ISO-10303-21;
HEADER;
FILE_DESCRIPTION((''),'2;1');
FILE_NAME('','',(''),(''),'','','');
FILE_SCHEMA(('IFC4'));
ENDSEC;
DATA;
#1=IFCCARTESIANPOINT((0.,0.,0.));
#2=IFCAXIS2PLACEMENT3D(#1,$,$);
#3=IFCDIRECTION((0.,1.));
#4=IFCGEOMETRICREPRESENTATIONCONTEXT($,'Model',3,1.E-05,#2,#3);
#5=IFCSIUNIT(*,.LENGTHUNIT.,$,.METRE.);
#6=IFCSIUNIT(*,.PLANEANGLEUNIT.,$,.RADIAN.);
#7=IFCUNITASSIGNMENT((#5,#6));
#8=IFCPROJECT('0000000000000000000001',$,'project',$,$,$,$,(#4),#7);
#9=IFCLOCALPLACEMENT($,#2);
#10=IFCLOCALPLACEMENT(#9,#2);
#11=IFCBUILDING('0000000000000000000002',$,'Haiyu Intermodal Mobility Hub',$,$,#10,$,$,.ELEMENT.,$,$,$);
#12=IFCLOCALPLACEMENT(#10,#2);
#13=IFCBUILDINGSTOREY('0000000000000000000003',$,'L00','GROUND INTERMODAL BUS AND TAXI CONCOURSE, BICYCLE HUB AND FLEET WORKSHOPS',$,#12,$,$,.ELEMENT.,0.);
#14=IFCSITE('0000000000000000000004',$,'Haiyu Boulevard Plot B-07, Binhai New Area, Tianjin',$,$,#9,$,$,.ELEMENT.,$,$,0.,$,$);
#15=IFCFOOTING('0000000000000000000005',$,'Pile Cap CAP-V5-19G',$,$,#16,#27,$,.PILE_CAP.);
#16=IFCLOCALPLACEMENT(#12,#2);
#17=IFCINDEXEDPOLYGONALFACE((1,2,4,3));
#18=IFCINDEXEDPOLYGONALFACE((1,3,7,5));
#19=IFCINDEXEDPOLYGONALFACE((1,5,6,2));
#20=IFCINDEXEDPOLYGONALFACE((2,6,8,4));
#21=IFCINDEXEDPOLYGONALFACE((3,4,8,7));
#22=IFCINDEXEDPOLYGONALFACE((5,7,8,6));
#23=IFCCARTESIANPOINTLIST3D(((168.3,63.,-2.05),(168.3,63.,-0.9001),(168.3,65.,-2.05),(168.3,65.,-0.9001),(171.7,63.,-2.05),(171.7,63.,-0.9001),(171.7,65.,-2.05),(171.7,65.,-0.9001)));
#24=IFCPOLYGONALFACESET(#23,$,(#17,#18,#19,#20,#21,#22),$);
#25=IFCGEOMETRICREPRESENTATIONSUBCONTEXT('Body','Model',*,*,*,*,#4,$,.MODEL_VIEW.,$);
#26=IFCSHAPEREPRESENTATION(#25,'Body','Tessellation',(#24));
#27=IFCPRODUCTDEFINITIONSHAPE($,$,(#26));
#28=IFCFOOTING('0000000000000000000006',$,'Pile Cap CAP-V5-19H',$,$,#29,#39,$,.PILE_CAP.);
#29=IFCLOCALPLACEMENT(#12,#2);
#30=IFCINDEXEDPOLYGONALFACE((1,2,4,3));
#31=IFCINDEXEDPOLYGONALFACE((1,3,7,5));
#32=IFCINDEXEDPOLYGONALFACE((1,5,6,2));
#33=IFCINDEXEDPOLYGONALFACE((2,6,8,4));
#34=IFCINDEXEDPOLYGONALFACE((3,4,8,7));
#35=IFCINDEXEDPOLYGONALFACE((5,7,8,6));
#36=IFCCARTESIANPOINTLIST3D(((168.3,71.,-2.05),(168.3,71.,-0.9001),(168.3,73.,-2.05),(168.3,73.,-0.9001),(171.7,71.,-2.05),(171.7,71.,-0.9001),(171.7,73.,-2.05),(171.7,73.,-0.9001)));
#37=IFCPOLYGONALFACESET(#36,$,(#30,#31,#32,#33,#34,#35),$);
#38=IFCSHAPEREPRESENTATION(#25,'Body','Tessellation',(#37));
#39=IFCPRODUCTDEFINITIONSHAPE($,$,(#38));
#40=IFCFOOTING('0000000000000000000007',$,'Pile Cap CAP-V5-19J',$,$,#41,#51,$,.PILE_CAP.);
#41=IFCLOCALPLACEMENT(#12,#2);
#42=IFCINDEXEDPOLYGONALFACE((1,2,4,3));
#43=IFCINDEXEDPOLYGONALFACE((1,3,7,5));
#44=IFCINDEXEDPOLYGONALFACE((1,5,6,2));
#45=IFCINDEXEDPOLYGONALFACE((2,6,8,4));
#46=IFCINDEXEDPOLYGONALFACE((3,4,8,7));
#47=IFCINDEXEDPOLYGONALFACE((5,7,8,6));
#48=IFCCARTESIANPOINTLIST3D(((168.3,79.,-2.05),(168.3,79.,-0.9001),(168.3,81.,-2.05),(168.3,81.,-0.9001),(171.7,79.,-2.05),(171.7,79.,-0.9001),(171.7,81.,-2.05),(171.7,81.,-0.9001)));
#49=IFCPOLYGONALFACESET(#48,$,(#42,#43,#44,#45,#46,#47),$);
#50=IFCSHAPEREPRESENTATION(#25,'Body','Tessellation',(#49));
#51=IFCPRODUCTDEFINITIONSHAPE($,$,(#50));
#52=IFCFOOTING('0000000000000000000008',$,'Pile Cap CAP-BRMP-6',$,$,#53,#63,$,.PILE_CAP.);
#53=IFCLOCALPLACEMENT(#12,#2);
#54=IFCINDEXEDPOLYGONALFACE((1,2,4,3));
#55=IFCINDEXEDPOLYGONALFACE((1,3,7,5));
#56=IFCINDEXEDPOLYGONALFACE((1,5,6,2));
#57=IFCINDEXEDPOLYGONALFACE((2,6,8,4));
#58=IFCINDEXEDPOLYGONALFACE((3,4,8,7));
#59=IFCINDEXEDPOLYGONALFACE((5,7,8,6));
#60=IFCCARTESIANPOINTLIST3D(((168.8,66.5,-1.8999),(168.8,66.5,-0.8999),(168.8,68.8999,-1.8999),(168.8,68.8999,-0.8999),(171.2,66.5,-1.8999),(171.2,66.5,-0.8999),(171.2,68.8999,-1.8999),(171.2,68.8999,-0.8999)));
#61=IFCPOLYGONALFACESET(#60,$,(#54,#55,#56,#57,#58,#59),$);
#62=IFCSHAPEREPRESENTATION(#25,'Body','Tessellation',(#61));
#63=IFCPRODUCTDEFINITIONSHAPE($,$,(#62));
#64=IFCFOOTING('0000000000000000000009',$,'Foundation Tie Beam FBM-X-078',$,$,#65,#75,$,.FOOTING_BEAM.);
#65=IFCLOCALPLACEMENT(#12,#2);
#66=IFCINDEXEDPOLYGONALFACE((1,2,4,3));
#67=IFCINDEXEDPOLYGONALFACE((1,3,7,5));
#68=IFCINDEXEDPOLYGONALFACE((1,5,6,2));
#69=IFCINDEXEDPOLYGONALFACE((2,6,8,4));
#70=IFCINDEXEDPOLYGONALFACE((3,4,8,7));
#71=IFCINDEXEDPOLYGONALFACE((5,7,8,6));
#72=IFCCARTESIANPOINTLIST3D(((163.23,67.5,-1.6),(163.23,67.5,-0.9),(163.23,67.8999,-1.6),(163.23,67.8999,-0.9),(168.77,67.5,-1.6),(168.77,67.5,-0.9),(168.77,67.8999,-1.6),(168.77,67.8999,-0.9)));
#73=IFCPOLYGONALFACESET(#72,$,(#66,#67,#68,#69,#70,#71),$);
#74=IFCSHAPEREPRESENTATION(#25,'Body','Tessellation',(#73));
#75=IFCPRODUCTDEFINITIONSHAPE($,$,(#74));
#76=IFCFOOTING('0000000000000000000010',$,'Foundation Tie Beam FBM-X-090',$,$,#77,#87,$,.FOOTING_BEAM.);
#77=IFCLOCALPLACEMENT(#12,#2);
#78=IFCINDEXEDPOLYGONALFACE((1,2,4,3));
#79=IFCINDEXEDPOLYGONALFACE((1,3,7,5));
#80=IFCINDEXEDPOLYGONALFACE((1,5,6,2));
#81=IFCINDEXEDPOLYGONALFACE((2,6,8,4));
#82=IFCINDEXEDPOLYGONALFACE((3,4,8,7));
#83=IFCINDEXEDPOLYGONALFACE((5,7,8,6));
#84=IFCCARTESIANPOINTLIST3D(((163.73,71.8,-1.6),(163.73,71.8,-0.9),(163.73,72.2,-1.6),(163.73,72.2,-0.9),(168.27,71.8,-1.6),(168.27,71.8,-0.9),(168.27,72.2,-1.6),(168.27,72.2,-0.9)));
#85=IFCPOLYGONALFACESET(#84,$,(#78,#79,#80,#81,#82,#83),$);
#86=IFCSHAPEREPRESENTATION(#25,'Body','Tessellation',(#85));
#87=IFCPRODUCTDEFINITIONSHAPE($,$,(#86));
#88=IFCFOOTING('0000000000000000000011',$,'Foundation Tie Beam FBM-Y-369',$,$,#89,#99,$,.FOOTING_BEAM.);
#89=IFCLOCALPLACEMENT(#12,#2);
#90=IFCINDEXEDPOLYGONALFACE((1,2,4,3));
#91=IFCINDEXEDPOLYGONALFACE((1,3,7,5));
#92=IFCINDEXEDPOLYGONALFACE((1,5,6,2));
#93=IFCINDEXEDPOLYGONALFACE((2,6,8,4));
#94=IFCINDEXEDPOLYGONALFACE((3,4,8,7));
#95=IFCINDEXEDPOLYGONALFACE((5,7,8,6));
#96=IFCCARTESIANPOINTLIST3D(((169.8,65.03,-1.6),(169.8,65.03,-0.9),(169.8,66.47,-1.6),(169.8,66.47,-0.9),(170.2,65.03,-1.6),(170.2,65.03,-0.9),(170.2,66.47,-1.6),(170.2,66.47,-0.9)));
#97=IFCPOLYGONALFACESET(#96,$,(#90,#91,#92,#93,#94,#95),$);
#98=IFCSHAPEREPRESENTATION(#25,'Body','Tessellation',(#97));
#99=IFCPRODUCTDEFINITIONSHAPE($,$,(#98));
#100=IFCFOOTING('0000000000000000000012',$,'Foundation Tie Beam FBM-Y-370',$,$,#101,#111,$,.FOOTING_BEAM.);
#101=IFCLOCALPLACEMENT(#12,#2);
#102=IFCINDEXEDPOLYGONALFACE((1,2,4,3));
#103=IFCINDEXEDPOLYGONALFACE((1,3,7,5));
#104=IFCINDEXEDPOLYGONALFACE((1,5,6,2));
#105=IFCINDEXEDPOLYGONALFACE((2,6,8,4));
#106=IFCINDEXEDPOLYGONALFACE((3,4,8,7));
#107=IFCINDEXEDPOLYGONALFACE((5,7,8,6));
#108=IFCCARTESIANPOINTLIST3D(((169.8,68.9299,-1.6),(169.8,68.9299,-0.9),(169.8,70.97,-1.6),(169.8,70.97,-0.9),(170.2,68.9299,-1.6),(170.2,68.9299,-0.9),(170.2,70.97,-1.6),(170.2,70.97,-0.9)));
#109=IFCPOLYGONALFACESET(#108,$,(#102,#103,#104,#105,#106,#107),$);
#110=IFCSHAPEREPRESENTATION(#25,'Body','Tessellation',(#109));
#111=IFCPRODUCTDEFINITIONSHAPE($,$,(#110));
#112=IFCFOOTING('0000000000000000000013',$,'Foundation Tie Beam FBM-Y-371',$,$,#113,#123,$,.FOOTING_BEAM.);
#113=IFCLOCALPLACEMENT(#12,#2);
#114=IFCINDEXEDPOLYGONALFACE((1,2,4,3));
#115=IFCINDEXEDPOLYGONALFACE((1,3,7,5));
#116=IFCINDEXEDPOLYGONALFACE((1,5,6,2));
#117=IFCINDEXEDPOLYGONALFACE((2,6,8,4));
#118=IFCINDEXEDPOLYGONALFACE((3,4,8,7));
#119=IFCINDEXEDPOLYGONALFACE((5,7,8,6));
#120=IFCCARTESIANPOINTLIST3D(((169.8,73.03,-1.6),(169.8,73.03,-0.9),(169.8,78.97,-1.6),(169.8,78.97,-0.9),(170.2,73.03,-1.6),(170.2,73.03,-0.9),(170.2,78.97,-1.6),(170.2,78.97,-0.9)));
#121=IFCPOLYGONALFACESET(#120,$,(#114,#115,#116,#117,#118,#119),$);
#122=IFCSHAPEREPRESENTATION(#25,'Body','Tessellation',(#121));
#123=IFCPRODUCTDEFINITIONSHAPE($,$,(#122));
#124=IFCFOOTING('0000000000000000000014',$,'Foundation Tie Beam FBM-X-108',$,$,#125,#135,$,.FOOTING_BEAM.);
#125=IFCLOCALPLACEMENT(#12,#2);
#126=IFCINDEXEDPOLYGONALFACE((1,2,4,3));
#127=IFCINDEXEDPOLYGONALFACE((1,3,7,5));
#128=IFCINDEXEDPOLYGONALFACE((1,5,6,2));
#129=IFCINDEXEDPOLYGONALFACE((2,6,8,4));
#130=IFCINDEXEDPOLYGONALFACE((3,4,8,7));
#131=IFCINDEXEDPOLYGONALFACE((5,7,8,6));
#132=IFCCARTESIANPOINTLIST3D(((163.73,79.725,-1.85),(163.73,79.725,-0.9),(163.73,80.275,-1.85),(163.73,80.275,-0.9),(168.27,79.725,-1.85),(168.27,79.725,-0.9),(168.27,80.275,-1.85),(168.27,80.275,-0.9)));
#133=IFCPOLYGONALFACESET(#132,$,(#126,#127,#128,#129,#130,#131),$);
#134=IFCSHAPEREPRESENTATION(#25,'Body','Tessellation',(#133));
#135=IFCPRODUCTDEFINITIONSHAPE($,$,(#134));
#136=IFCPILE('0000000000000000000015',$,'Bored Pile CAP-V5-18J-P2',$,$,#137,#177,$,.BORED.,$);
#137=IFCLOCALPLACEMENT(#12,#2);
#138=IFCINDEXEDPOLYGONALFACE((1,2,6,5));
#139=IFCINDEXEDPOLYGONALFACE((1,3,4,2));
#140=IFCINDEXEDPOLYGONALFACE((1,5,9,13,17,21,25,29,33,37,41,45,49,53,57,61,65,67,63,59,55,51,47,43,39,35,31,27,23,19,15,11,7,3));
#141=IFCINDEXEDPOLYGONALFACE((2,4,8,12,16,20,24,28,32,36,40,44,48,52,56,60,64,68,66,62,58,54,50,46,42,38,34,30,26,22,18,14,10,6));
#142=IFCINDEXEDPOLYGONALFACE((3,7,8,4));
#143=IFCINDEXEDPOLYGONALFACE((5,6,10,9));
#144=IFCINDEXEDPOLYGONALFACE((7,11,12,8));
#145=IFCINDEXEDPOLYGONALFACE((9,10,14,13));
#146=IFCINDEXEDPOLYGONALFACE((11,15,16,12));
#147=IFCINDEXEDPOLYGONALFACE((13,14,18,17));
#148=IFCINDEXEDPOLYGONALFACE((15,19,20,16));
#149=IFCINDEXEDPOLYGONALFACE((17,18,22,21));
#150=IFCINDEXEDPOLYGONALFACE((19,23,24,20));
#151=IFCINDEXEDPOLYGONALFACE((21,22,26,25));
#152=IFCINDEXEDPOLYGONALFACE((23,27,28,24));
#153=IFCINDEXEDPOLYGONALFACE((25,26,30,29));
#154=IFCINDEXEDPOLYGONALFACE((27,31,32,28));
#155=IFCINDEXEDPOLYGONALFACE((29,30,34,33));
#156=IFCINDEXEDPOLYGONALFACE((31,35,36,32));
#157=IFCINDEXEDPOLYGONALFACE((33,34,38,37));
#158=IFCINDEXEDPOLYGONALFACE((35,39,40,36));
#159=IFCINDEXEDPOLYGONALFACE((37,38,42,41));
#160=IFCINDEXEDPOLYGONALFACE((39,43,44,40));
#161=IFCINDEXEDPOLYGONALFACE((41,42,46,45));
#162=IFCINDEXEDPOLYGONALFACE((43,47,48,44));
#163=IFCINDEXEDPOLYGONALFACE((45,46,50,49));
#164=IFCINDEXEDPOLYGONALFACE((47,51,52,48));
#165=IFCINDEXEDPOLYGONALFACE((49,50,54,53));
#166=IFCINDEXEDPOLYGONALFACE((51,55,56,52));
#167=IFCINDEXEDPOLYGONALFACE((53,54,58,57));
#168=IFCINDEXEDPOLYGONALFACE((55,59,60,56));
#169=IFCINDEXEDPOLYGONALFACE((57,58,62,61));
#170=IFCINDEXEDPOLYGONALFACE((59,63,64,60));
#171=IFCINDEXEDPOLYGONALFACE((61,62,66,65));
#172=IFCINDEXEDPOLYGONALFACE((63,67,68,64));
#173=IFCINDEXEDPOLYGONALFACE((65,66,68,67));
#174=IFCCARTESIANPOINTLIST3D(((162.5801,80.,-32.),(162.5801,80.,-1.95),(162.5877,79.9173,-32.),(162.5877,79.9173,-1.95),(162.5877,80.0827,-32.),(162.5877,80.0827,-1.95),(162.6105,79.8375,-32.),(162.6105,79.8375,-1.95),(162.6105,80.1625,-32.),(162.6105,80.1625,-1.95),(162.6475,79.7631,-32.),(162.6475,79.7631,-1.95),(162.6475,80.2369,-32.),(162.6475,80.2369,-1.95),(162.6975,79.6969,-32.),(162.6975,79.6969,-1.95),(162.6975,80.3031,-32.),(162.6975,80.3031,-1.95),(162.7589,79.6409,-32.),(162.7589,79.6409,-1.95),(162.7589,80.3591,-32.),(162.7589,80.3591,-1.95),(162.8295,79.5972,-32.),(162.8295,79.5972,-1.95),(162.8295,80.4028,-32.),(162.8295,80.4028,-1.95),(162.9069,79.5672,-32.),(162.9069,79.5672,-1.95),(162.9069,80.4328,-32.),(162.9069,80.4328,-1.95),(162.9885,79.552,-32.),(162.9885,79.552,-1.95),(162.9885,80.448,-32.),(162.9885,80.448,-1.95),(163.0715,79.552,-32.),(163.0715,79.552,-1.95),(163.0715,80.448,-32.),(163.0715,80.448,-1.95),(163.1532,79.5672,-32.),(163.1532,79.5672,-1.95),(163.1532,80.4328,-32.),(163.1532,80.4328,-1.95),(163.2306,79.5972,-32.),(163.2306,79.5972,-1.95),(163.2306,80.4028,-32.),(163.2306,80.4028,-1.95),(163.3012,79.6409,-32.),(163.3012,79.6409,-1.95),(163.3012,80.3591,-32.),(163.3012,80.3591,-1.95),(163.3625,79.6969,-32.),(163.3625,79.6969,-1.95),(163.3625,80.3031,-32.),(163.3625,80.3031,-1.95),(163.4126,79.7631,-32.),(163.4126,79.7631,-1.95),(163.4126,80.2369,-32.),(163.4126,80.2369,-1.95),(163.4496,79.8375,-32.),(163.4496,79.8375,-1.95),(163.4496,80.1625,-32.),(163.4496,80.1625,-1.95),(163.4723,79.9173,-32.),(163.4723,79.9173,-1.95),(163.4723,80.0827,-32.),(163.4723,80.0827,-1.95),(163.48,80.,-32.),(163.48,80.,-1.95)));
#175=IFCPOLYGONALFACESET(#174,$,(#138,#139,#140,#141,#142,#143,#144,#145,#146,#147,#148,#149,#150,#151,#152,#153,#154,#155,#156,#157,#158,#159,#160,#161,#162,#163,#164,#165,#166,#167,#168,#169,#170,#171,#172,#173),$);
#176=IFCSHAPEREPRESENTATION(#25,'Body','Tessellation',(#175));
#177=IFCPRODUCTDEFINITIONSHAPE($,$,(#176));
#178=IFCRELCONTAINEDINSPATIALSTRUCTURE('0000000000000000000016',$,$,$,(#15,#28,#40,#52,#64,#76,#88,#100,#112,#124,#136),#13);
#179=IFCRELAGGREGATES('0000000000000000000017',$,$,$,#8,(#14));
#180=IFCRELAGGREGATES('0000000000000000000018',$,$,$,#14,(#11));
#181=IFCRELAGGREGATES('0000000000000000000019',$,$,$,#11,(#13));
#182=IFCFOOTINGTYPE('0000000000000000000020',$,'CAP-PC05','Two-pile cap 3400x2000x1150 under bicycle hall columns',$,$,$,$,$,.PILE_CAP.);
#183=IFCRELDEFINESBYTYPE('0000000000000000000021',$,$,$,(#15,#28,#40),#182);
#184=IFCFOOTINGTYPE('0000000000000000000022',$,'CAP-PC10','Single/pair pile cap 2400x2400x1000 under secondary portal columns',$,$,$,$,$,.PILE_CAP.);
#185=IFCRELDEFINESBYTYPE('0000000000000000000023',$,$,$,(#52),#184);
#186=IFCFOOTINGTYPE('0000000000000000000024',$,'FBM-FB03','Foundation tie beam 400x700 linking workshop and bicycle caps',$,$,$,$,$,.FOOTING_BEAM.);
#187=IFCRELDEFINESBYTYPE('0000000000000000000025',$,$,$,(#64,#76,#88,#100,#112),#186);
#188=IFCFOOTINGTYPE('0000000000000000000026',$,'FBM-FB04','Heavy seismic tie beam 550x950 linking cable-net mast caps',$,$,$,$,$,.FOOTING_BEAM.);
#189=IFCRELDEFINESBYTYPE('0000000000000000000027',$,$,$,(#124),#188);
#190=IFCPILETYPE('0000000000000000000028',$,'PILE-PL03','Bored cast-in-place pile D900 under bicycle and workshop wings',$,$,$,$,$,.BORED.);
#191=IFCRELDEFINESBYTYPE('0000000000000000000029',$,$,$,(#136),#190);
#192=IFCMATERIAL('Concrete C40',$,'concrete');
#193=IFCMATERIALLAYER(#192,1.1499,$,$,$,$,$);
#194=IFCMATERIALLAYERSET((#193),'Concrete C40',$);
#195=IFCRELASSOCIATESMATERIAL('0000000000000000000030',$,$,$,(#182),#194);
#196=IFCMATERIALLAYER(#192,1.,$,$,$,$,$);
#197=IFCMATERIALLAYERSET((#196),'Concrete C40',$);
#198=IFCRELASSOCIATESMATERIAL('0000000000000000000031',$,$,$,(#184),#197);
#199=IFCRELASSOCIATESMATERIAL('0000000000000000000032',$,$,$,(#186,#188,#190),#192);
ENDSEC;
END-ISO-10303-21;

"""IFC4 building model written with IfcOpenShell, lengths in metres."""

from ifc_helpers import new_model, si_unit, direction, frame, origin, origin_2d, place, context, subcontext, project, spatial, rectangle, circle, extrude, material, layer, layer_set, material_profile, profile_set, type_object, element, save


model = new_model("IFC4")

# Units and contexts
model_context = context("Model", 3, precision=1e-05, world=origin(), true_north=direction((0.0, 1.0)))
body_context = subcontext(model_context, "Body", "Model", "MODEL_VIEW")
ifc_project = project(units=[si_unit("LENGTHUNIT", "METRE"), si_unit("PLANEANGLEUNIT", "RADIAN")], contexts=[model_context])

# Site, building, storey
site_placement = place(None, origin())
site = spatial("IfcSite", under=ifc_project, at=site_placement, Name="Haiyu Boulevard Plot B-07, Binhai New Area, Tianjin", CompositionType="ELEMENT", RefElevation=0.0)
building_placement = place(site_placement, origin())
building = spatial("IfcBuilding", under=site, at=building_placement, Name="Haiyu Intermodal Mobility Hub", CompositionType="ELEMENT")
storey_placement = place(building_placement, origin())
storey = spatial("IfcBuildingStorey", under=building, at=storey_placement, Name="L00", Description="GROUND INTERMODAL BUS AND TAXI CONCOURSE, BICYCLE HUB AND FLEET WORKSHOPS", CompositionType="ELEMENT", Elevation=0.0)

# Footings
ifc_material_1 = material(Name="Concrete C40", Category="concrete")
ifc_layer_1 = layer(ifc_material_1, 1.1499)
ifc_layer_set_1 = layer_set([ifc_layer_1], Name="Concrete C40")
footing_type_1 = type_object("IfcFootingType", Name="CAP-PC05", Description="Two-pile cap 3400x2000x1150 under bicycle hall columns", PredefinedType="PILE_CAP", material=ifc_layer_set_1)
for number, where, z_axis, x_axis, name in (
    (1, (170.0, 64.0, -2.05), (0.0, 0.0, 1.0), (1.0, 0.0, 0.0), "Pile Cap CAP-V5-19G"),
    (2, (170.0, 72.0, -2.05), (0.0, 0.0, 1.0), (1.0, 0.0, 0.0), "Pile Cap CAP-V5-19H"),
    (3, (170.0, 80.0, -2.05), (0.0, 0.0, 1.0), (1.0, 0.0, 0.0), "Pile Cap CAP-V5-19J"),
):
    element("IfcFooting", number, at=place(storey_placement, frame(where, z_axis=z_axis, x_axis=x_axis)), inside=storey, type_object=footing_type_1, Name=name, PredefinedType="PILE_CAP", context=body_context, shape_type="SweptSolid", body=[
        extrude(rectangle(XDim=3.3999, YDim=2.0, at=origin_2d()), origin(), (0.0, 0.0, 1.0), 1.1499),
    ])
ifc_layer_2 = layer(ifc_material_1, 1.0)
ifc_layer_set_2 = layer_set([ifc_layer_2], Name="Concrete C40")
footing_type_2 = type_object("IfcFootingType", Name="CAP-PC10", Description="Single/pair pile cap 2400x2400x1000 under secondary portal columns", PredefinedType="PILE_CAP", material=ifc_layer_set_2)
footing_1_placement = place(storey_placement, frame((170.0, 67.7, -1.8999), z_axis=(0.0, 0.0, 1.0), x_axis=(1.0, 0.0, 0.0)))
element("IfcFooting", 4, at=footing_1_placement, inside=storey, type_object=footing_type_2, Name="Pile Cap CAP-BRMP-6", PredefinedType="PILE_CAP", context=body_context, shape_type="SweptSolid", body=[
    extrude(rectangle(XDim=2.3999, YDim=2.3999, at=origin_2d()), origin(), (0.0, 0.0, 1.0), 1.0),
])
ifc_material_profile_1 = material_profile(ifc_material_1, rectangle(XDim=0.3999, YDim=0.7, at=origin_2d()), Name="FB400x700")
ifc_profile_set_1 = profile_set([ifc_material_profile_1], Name="Concrete C40")
footing_type_3 = type_object("IfcFootingType", Name="FBM-FB03", Description="Foundation tie beam 400x700 linking workshop and bicycle caps", PredefinedType="FOOTING_BEAM", material=ifc_profile_set_1)
footing_2_placement = place(storey_placement, frame((163.23, 67.7, -1.25), z_axis=(1.0, 0.0, 0.0), x_axis=(0.0, 1.0, 0.0)))
element("IfcFooting", 5, at=footing_2_placement, inside=storey, type_object=footing_type_3, Name="Foundation Tie Beam FBM-X-078", PredefinedType="FOOTING_BEAM", context=body_context, shape_type="SweptSolid", body=[
    extrude(rectangle(XDim=0.3999, YDim=0.7, at=origin_2d()), origin(), (0.0, 0.0, 1.0), 5.54),
])
footing_3_placement = place(storey_placement, frame((163.73, 72.0, -1.25), z_axis=(1.0, 0.0, 0.0), x_axis=(0.0, 1.0, 0.0)))
element("IfcFooting", 6, at=footing_3_placement, inside=storey, type_object=footing_type_3, Name="Foundation Tie Beam FBM-X-090", PredefinedType="FOOTING_BEAM", context=body_context, shape_type="SweptSolid", body=[
    extrude(rectangle(XDim=0.3999, YDim=0.7, at=origin_2d()), origin(), (0.0, 0.0, 1.0), 4.54),
])
footing_4_placement = place(storey_placement, frame((170.0, 65.03, -1.25), z_axis=(0.0, 1.0, 0.0), x_axis=(-1.0, 0.0, 0.0)))
element("IfcFooting", 7, at=footing_4_placement, inside=storey, type_object=footing_type_3, Name="Foundation Tie Beam FBM-Y-369", PredefinedType="FOOTING_BEAM", context=body_context, shape_type="SweptSolid", body=[
    extrude(rectangle(XDim=0.3999, YDim=0.7, at=origin_2d()), origin(), (0.0, 0.0, 1.0), 1.4399),
])
footing_5_placement = place(storey_placement, frame((170.0, 68.9299, -1.25), z_axis=(0.0, 1.0, 0.0), x_axis=(-1.0, 0.0, 0.0)))
element("IfcFooting", 8, at=footing_5_placement, inside=storey, type_object=footing_type_3, Name="Foundation Tie Beam FBM-Y-370", PredefinedType="FOOTING_BEAM", context=body_context, shape_type="SweptSolid", body=[
    extrude(rectangle(XDim=0.3999, YDim=0.7, at=origin_2d()), origin(), (0.0, 0.0, 1.0), 2.04),
])
footing_6_placement = place(storey_placement, frame((170.0, 73.03, -1.25), z_axis=(0.0, 1.0, 0.0), x_axis=(-1.0, 0.0, 0.0)))
element("IfcFooting", 9, at=footing_6_placement, inside=storey, type_object=footing_type_3, Name="Foundation Tie Beam FBM-Y-371", PredefinedType="FOOTING_BEAM", context=body_context, shape_type="SweptSolid", body=[
    extrude(rectangle(XDim=0.3999, YDim=0.7, at=origin_2d()), origin(), (0.0, 0.0, 1.0), 5.9399),
])
ifc_material_profile_2 = material_profile(ifc_material_1, rectangle(XDim=0.55, YDim=0.95, at=origin_2d()), Name="FB550x950")
ifc_profile_set_2 = profile_set([ifc_material_profile_2], Name="Concrete C40")
footing_type_4 = type_object("IfcFootingType", Name="FBM-FB04", Description="Heavy seismic tie beam 550x950 linking cable-net mast caps", PredefinedType="FOOTING_BEAM", material=ifc_profile_set_2)
footing_7_placement = place(storey_placement, frame((163.73, 80.0, -1.375), z_axis=(1.0, 0.0, 0.0), x_axis=(0.0, 1.0, 0.0)))
element("IfcFooting", 10, at=footing_7_placement, inside=storey, type_object=footing_type_4, Name="Foundation Tie Beam FBM-X-108", PredefinedType="FOOTING_BEAM", context=body_context, shape_type="SweptSolid", body=[
    extrude(rectangle(XDim=0.55, YDim=0.95, at=origin_2d()), origin(), (0.0, 0.0, 1.0), 4.54),
])

# Pile
ifc_material_profile_3 = material_profile(ifc_material_1, circle(Radius=0.45, at=origin_2d()), Name="PILE-D900")
ifc_profile_set_3 = profile_set([ifc_material_profile_3], Name="Concrete C40")
pile_type_1 = type_object("IfcPileType", Name="PILE-PL03", Description="Bored cast-in-place pile D900 under bicycle and workshop wings", PredefinedType="BORED", material=ifc_profile_set_3)
for number, where, z_axis, x_axis, name in (
    (11, (163.03, 80.0, -1.95), (0.0, 0.0, -1.0), (1.0, 0.0, 0.0), "Bored Pile CAP-V5-18J-P2"),
):
    element("IfcPile", number, at=place(storey_placement, frame(where, z_axis=z_axis, x_axis=x_axis)), inside=storey, type_object=pile_type_1, Name=name, PredefinedType="BORED", context=body_context, shape_type="SweptSolid", body=[
        extrude(circle(Radius=0.45, at=origin_2d()), origin(), (0.0, 0.0, 1.0), 30.05),
    ])

save(model, "model.ifc")
